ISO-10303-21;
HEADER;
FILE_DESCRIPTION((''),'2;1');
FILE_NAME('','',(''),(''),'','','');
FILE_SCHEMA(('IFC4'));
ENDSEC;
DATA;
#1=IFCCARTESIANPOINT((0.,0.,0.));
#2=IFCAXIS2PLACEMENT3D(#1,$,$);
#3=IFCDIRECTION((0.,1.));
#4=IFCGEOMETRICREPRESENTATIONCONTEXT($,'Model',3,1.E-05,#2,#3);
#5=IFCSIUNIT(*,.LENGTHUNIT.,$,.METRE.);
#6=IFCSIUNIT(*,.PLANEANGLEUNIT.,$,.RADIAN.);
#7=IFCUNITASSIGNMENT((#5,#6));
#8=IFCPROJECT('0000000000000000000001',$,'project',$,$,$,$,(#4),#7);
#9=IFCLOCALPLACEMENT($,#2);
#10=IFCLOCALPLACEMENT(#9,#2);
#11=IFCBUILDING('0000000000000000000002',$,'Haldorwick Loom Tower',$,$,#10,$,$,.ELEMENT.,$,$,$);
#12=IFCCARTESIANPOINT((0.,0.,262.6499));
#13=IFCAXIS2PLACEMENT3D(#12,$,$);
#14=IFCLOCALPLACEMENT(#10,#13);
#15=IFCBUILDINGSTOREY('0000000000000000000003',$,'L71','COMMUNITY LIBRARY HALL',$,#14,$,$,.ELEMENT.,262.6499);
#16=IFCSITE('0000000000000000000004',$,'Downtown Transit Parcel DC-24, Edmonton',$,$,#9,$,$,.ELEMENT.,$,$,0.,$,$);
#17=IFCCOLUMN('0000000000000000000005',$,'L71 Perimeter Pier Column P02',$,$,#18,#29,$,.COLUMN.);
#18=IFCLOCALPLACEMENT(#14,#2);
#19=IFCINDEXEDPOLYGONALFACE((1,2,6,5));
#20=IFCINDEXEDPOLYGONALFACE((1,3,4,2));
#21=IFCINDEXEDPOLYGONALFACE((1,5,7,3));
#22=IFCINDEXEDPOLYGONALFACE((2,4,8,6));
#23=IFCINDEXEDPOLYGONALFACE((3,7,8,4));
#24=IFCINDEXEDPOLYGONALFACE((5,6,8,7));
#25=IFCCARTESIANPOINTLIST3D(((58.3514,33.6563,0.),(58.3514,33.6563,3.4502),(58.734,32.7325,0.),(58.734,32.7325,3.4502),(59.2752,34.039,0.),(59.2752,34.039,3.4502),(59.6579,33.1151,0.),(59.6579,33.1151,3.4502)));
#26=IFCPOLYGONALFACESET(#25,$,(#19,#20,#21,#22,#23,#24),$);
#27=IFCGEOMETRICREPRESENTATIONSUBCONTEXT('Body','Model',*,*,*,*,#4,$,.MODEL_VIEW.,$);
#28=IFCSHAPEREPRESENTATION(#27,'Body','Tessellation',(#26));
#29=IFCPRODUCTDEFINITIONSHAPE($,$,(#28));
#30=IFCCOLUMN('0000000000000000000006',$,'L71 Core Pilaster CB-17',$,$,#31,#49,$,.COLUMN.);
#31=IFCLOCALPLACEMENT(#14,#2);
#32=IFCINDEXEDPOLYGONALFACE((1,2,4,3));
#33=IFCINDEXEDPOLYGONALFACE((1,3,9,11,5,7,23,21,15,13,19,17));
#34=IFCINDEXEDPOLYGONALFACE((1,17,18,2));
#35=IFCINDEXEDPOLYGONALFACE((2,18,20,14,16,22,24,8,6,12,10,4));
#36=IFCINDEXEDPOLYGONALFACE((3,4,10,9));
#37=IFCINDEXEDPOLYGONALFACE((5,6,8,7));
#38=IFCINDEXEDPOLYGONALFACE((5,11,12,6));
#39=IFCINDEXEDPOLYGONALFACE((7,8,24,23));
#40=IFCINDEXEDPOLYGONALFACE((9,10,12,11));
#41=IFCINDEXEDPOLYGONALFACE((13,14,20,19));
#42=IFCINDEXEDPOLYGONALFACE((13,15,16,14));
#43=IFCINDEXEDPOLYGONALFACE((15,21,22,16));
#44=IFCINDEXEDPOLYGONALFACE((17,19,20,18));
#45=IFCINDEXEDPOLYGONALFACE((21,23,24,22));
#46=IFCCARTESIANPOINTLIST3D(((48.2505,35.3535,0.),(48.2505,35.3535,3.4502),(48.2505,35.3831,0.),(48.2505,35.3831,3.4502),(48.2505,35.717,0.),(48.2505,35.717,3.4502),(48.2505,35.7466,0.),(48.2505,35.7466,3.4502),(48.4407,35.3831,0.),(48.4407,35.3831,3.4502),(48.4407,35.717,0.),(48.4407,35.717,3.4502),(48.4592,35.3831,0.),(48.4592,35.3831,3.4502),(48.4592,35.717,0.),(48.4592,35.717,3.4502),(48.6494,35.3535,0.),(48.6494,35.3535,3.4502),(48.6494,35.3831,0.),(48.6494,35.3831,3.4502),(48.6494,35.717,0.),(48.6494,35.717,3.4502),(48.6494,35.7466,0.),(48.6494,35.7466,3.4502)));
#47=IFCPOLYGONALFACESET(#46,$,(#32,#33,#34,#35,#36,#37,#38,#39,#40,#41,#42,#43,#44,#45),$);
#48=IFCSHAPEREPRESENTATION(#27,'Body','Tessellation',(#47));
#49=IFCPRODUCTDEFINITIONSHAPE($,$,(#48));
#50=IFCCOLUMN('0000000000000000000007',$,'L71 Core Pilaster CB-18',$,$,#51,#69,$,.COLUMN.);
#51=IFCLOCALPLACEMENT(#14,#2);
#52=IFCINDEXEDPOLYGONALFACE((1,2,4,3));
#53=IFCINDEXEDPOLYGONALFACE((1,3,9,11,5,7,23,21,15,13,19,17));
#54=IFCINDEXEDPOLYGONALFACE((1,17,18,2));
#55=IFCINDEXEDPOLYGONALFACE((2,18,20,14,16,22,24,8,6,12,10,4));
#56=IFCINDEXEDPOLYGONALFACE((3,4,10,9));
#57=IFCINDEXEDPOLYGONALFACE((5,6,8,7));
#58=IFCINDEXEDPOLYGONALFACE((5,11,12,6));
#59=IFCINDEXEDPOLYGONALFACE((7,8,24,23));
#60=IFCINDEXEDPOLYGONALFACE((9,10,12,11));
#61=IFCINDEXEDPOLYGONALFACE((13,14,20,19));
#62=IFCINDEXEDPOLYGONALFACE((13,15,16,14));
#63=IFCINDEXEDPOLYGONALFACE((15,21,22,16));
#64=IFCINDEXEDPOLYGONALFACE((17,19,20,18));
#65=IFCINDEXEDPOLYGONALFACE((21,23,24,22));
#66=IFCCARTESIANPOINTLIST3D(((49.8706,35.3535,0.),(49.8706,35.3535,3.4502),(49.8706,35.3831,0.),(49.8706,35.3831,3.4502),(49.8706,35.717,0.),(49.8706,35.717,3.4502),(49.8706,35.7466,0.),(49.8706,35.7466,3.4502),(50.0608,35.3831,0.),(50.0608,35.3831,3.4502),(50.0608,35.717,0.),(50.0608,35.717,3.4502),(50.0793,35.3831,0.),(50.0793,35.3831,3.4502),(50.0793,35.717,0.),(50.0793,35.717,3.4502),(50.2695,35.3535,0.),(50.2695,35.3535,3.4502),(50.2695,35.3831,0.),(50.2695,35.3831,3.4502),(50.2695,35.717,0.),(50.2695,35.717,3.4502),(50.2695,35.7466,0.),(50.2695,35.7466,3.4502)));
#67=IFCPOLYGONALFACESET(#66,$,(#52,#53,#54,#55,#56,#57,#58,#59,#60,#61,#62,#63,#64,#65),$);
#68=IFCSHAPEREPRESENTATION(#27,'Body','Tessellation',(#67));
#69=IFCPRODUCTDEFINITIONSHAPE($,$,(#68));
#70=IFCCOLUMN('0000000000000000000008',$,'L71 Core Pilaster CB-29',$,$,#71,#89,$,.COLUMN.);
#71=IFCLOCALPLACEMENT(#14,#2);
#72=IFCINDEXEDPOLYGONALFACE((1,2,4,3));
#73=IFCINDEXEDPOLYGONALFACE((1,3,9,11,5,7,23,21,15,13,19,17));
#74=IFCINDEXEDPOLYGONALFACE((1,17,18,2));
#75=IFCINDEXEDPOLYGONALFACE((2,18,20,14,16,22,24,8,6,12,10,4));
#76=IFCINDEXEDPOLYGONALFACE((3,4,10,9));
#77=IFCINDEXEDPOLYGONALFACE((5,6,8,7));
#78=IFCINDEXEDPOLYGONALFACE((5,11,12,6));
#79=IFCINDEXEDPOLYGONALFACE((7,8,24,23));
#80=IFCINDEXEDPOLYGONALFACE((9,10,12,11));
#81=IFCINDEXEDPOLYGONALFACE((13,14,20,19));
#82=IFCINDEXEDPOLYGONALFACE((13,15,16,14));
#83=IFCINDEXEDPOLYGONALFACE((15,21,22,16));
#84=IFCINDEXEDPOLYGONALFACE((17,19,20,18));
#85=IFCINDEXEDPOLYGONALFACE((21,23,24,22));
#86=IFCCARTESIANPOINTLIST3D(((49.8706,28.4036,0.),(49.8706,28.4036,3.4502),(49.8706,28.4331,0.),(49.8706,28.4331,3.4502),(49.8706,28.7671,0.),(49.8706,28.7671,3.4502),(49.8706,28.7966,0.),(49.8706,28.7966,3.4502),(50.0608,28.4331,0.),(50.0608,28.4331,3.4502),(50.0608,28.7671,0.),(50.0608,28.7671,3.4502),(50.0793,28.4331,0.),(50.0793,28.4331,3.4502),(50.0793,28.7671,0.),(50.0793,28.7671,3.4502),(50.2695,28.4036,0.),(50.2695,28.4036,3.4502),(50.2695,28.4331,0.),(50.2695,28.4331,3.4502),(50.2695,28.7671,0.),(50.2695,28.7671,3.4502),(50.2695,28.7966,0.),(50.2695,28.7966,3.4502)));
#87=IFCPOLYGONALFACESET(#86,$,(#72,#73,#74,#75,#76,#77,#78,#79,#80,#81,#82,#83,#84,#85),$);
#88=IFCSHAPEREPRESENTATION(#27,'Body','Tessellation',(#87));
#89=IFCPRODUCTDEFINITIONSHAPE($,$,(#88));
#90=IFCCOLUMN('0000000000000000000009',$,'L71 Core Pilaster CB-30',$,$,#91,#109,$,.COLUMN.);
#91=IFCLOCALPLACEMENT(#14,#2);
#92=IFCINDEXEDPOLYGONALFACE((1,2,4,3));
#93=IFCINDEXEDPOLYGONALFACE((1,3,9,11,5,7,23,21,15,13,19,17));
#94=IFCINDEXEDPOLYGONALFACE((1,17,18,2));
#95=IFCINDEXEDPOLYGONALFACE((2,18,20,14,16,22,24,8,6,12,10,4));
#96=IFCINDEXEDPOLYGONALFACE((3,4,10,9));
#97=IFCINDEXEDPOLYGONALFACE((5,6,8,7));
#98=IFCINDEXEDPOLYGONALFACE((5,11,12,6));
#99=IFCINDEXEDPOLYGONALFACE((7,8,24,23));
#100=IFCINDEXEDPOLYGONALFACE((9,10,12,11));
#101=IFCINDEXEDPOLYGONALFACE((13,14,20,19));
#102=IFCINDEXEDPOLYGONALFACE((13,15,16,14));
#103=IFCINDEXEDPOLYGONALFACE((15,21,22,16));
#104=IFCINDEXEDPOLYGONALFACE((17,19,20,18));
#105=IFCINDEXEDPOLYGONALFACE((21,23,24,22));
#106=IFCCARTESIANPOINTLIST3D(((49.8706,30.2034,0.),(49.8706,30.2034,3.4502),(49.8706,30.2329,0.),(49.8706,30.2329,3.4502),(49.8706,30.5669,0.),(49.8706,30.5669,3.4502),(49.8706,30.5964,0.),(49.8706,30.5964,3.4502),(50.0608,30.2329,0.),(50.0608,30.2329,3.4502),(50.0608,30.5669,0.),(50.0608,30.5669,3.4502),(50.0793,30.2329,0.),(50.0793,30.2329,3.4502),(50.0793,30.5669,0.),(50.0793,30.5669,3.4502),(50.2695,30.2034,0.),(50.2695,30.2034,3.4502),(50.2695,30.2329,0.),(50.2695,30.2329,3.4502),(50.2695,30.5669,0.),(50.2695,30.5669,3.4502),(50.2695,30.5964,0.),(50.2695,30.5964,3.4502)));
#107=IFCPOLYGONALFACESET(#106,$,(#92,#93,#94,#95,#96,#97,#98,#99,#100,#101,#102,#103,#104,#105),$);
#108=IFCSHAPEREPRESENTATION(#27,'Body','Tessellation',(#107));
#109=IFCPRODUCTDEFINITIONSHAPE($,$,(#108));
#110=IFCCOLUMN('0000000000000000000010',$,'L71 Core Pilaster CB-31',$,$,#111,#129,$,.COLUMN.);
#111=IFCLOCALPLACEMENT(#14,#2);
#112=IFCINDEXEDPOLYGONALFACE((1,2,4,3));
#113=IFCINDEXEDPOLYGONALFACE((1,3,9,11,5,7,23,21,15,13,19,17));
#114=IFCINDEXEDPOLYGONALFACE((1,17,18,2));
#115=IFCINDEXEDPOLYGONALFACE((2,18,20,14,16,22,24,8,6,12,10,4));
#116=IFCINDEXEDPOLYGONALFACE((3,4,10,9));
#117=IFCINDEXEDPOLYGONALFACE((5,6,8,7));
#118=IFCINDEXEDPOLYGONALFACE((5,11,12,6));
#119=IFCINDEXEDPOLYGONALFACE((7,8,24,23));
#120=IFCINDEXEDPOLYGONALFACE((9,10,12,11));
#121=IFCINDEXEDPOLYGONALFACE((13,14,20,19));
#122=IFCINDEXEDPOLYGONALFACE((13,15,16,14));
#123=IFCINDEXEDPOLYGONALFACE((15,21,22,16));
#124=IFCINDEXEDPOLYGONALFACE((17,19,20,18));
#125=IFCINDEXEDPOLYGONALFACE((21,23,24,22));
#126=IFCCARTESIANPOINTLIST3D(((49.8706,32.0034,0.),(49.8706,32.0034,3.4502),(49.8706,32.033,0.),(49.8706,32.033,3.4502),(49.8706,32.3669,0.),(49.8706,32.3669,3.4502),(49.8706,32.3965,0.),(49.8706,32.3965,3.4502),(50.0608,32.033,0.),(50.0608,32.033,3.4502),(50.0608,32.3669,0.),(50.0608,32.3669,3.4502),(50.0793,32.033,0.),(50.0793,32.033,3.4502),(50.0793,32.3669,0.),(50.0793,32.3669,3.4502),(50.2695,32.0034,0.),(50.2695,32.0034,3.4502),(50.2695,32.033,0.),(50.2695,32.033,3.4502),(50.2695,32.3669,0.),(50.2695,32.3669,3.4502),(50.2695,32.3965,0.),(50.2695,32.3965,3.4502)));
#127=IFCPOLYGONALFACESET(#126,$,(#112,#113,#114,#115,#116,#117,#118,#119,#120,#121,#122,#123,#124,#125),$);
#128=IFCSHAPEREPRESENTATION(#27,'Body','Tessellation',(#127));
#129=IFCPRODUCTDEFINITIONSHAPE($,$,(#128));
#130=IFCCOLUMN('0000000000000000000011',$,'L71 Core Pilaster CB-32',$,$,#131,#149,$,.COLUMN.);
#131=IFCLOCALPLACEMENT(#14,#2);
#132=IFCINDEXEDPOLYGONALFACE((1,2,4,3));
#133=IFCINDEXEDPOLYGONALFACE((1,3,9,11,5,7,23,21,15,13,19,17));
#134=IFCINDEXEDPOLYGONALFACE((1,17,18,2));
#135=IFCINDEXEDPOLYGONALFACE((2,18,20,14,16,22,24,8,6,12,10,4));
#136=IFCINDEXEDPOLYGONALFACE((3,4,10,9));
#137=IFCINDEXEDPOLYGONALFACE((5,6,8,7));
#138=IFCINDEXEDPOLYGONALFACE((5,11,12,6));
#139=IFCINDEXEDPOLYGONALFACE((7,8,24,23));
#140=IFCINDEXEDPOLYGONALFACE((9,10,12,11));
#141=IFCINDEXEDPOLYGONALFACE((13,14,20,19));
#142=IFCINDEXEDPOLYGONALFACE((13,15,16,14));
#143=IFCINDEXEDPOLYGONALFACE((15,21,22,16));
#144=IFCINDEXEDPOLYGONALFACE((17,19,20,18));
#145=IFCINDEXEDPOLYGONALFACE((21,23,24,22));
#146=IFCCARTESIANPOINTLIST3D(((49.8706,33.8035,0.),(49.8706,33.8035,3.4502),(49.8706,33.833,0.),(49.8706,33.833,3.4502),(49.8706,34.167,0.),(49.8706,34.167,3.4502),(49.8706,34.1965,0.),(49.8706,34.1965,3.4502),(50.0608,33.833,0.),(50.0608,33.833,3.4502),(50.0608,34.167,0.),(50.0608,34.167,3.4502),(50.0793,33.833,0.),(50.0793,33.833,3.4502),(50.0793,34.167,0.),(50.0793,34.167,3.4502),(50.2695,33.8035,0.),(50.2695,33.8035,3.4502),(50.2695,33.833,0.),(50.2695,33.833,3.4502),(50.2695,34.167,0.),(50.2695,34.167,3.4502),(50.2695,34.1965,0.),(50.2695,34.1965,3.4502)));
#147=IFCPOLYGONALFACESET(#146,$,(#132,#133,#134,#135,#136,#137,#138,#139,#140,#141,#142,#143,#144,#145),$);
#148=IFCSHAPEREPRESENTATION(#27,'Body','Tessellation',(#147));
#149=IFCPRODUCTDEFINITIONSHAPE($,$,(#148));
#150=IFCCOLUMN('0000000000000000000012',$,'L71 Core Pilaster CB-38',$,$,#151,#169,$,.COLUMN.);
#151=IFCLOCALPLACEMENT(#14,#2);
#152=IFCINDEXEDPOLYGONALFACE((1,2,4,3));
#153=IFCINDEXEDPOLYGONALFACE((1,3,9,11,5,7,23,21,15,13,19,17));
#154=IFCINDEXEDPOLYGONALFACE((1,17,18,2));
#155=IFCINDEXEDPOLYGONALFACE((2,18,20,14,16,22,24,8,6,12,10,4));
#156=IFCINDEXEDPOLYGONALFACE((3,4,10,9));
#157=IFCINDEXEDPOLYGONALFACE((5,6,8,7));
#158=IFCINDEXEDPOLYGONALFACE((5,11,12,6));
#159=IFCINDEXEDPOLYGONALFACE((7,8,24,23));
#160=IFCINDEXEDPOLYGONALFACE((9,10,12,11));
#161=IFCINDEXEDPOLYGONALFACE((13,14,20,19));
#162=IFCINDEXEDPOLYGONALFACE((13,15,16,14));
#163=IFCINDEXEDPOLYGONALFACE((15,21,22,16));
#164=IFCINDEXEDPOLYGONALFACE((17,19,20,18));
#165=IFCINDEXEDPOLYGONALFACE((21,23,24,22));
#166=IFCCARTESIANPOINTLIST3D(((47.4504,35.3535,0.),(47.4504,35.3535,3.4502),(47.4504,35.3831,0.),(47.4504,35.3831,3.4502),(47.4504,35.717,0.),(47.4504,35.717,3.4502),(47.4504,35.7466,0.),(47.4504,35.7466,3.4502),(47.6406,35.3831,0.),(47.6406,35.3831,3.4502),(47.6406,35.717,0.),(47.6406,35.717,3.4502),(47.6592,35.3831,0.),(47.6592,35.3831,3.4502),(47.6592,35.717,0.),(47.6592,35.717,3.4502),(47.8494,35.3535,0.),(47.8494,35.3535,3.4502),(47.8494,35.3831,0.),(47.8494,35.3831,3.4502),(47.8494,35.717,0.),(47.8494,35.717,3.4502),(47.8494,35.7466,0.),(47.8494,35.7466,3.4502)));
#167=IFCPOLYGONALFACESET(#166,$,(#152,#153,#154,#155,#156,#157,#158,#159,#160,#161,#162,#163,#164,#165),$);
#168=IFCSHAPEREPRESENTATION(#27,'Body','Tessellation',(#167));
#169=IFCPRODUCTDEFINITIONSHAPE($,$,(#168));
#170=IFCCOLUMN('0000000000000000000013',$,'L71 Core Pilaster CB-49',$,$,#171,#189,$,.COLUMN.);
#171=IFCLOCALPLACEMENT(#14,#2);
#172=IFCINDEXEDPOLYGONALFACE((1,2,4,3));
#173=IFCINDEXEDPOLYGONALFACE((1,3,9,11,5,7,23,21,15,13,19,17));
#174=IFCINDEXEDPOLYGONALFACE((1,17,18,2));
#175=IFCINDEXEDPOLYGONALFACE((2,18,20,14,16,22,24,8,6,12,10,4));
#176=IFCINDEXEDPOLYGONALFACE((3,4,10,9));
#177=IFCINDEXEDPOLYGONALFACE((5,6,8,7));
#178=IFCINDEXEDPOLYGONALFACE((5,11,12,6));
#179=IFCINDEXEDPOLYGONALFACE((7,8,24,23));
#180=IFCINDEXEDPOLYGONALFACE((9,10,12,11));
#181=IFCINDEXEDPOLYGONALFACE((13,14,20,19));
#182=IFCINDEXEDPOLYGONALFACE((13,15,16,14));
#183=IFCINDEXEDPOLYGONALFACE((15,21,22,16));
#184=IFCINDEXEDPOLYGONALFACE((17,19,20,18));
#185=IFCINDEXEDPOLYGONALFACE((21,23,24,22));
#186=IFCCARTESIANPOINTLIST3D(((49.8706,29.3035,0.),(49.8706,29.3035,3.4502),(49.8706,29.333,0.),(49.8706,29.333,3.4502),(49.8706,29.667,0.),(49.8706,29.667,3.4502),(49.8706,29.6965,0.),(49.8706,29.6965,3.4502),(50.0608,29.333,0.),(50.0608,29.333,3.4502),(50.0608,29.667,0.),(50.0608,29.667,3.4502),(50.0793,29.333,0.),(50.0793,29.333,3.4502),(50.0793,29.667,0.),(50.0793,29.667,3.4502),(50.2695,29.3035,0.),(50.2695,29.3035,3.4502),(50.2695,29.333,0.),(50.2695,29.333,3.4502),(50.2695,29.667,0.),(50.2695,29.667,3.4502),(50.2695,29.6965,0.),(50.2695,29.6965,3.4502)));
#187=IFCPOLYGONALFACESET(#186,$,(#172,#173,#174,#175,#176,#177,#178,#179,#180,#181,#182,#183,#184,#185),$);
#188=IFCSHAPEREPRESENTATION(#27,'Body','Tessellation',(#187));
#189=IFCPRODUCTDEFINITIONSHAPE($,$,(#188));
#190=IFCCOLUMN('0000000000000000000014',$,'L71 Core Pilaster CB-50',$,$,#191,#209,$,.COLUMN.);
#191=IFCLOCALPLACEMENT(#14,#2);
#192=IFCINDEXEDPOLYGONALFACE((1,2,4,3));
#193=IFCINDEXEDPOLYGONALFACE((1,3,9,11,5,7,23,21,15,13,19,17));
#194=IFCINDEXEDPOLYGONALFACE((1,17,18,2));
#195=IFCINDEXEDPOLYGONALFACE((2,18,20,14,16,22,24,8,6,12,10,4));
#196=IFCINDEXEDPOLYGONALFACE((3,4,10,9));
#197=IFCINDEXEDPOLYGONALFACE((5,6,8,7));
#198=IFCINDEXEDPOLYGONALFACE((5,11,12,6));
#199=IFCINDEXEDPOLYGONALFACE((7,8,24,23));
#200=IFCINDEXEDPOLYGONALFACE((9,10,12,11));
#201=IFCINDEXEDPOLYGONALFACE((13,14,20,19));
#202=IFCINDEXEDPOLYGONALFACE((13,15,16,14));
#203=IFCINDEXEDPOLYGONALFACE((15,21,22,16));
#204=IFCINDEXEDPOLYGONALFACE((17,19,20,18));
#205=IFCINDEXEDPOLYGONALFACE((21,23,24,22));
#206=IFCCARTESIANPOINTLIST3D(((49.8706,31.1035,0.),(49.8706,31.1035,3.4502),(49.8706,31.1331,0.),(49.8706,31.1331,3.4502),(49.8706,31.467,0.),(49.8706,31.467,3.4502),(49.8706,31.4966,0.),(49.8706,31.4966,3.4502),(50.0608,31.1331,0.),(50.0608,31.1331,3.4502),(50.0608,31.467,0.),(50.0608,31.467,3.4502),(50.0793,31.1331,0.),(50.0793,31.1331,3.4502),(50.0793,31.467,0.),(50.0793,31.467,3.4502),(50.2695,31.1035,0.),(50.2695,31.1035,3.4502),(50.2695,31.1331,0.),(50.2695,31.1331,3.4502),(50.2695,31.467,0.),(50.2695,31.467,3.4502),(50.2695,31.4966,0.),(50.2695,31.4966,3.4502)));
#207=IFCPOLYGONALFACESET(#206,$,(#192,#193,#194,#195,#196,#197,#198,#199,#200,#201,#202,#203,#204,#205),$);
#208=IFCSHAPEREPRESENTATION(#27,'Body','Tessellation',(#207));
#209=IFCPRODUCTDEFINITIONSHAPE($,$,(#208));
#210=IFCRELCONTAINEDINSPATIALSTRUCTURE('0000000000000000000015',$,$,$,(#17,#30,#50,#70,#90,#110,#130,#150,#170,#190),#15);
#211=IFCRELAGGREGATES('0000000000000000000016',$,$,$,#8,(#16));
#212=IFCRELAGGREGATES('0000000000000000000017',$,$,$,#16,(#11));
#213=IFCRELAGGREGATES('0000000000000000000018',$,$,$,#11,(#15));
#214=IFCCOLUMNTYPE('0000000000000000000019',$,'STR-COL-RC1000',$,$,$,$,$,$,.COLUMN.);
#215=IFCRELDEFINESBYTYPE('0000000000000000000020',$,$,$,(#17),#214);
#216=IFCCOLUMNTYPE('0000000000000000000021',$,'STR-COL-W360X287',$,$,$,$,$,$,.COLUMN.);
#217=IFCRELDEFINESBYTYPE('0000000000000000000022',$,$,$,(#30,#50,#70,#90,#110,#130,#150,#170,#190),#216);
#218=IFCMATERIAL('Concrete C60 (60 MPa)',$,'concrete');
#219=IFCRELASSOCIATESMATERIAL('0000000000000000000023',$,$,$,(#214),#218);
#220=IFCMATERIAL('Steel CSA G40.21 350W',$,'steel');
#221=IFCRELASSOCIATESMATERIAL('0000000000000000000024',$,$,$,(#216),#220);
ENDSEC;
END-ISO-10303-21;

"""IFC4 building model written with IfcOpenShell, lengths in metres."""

from ifc_helpers import new_model, si_unit, direction, frame, origin, origin_2d, place, context, subcontext, project, spatial, rectangle, i_section, extrude, material, material_profile, profile_set, type_object, element, save


model = new_model("IFC4")

# Units and contexts
model_context = context("Model", 3, precision=1e-05, world=origin(), true_north=direction((0.0, 1.0)))
body_context = subcontext(model_context, "Body", "Model", "MODEL_VIEW")
ifc_project = project(units=[si_unit("LENGTHUNIT", "METRE"), si_unit("PLANEANGLEUNIT", "RADIAN")], contexts=[model_context])

# Site, building, storey
site_placement = place(None, origin())
site = spatial("IfcSite", under=ifc_project, at=site_placement, Name="Downtown Transit Parcel DC-24, Edmonton", CompositionType="ELEMENT", RefElevation=0.0)
building_placement = place(site_placement, origin())
building = spatial("IfcBuilding", under=site, at=building_placement, Name="Haldorwick Loom Tower", CompositionType="ELEMENT")
storey_placement = place(building_placement, frame((0.0, 0.0, 262.6499)))
storey = spatial("IfcBuildingStorey", under=building, at=storey_placement, Name="L71", Description="COMMUNITY LIBRARY HALL", CompositionType="ELEMENT", Elevation=262.6499)

# Columns
ifc_material_1 = material(Name="Concrete C60 (60 MPa)", Category="concrete")
ifc_material_profile_1 = material_profile(ifc_material_1, rectangle(XDim=1.0, YDim=1.0, at=origin_2d()), Name="RC1000X1000", Category="concrete")
ifc_profile_set_1 = profile_set([ifc_material_profile_1], Name="Concrete C60 (60 MPa)")
column_type_1 = type_object("IfcColumnType", Name="STR-COL-RC1000", PredefinedType="COLUMN", material=ifc_profile_set_1)
column_1_placement = place(storey_placement, frame((59.0046, 33.3857, 0.0), z_axis=(0.0, 0.0, 1.0), x_axis=(0.92388, 0.382683, 0.0)))
element("IfcColumn", 1, at=column_1_placement, inside=storey, type_object=column_type_1, Name="L71 Perimeter Pier Column P02", PredefinedType="COLUMN", context=body_context, shape_type="SweptSolid", body=[
    extrude(rectangle(XDim=1.0, YDim=1.0, at=origin_2d()), origin(), (0.0, 0.0, 1.0), 3.4502),
])
ifc_material_2 = material(Name="Steel CSA G40.21 350W", Category="steel")
ifc_material_profile_2 = material_profile(ifc_material_2, i_section(OverallWidth=0.3989, OverallDepth=0.3931, WebThickness=0.0186, FlangeThickness=0.0295, at=origin_2d()), Name="W360X287", Category="steel")
ifc_profile_set_2 = profile_set([ifc_material_profile_2], Name="Steel CSA G40.21 350W")
column_type_2 = type_object("IfcColumnType", Name="STR-COL-W360X287", PredefinedType="COLUMN", material=ifc_profile_set_2)
for number, where, z_axis, x_axis, name in (
    (2, (48.45, 35.55, 0.0), (0.0, 0.0, 1.0), (1.0, 0.0, 0.0), "L71 Core Pilaster CB-17"),
    (3, (50.0701, 35.55, 0.0), (0.0, 0.0, 1.0), (1.0, 0.0, 0.0), "L71 Core Pilaster CB-18"),
    (4, (50.0701, 28.6001, 0.0), (0.0, 0.0, 1.0), (1.0, 0.0, 0.0), "L71 Core Pilaster CB-29"),
    (5, (50.0701, 30.3999, 0.0), (0.0, 0.0, 1.0), (1.0, 0.0, 0.0), "L71 Core Pilaster CB-30"),
    (6, (50.0701, 32.2, 0.0), (0.0, 0.0, 1.0), (1.0, 0.0, 0.0), "L71 Core Pilaster CB-31"),
    (7, (50.0701, 34.0, 0.0), (0.0, 0.0, 1.0), (1.0, 0.0, 0.0), "L71 Core Pilaster CB-32"),
    (8, (47.6499, 35.55, 0.0), (0.0, 0.0, 1.0), (1.0, 0.0, 0.0), "L71 Core Pilaster CB-38"),
    (9, (50.0701, 29.5, 0.0), (0.0, 0.0, 1.0), (1.0, 0.0, 0.0), "L71 Core Pilaster CB-49"),
    (10, (50.0701, 31.3, 0.0), (0.0, 0.0, 1.0), (1.0, 0.0, 0.0), "L71 Core Pilaster CB-50"),
):
    element("IfcColumn", number, at=place(storey_placement, frame(where, z_axis=z_axis, x_axis=x_axis)), inside=storey, type_object=column_type_2, Name=name, PredefinedType="COLUMN", context=body_context, shape_type="SweptSolid", body=[
        extrude(i_section(OverallWidth=0.3989, OverallDepth=0.3931, WebThickness=0.0186, FlangeThickness=0.0295, at=origin_2d()), origin(), (0.0, 0.0, 1.0), 3.4502),
    ])

save(model, "model.ifc")
